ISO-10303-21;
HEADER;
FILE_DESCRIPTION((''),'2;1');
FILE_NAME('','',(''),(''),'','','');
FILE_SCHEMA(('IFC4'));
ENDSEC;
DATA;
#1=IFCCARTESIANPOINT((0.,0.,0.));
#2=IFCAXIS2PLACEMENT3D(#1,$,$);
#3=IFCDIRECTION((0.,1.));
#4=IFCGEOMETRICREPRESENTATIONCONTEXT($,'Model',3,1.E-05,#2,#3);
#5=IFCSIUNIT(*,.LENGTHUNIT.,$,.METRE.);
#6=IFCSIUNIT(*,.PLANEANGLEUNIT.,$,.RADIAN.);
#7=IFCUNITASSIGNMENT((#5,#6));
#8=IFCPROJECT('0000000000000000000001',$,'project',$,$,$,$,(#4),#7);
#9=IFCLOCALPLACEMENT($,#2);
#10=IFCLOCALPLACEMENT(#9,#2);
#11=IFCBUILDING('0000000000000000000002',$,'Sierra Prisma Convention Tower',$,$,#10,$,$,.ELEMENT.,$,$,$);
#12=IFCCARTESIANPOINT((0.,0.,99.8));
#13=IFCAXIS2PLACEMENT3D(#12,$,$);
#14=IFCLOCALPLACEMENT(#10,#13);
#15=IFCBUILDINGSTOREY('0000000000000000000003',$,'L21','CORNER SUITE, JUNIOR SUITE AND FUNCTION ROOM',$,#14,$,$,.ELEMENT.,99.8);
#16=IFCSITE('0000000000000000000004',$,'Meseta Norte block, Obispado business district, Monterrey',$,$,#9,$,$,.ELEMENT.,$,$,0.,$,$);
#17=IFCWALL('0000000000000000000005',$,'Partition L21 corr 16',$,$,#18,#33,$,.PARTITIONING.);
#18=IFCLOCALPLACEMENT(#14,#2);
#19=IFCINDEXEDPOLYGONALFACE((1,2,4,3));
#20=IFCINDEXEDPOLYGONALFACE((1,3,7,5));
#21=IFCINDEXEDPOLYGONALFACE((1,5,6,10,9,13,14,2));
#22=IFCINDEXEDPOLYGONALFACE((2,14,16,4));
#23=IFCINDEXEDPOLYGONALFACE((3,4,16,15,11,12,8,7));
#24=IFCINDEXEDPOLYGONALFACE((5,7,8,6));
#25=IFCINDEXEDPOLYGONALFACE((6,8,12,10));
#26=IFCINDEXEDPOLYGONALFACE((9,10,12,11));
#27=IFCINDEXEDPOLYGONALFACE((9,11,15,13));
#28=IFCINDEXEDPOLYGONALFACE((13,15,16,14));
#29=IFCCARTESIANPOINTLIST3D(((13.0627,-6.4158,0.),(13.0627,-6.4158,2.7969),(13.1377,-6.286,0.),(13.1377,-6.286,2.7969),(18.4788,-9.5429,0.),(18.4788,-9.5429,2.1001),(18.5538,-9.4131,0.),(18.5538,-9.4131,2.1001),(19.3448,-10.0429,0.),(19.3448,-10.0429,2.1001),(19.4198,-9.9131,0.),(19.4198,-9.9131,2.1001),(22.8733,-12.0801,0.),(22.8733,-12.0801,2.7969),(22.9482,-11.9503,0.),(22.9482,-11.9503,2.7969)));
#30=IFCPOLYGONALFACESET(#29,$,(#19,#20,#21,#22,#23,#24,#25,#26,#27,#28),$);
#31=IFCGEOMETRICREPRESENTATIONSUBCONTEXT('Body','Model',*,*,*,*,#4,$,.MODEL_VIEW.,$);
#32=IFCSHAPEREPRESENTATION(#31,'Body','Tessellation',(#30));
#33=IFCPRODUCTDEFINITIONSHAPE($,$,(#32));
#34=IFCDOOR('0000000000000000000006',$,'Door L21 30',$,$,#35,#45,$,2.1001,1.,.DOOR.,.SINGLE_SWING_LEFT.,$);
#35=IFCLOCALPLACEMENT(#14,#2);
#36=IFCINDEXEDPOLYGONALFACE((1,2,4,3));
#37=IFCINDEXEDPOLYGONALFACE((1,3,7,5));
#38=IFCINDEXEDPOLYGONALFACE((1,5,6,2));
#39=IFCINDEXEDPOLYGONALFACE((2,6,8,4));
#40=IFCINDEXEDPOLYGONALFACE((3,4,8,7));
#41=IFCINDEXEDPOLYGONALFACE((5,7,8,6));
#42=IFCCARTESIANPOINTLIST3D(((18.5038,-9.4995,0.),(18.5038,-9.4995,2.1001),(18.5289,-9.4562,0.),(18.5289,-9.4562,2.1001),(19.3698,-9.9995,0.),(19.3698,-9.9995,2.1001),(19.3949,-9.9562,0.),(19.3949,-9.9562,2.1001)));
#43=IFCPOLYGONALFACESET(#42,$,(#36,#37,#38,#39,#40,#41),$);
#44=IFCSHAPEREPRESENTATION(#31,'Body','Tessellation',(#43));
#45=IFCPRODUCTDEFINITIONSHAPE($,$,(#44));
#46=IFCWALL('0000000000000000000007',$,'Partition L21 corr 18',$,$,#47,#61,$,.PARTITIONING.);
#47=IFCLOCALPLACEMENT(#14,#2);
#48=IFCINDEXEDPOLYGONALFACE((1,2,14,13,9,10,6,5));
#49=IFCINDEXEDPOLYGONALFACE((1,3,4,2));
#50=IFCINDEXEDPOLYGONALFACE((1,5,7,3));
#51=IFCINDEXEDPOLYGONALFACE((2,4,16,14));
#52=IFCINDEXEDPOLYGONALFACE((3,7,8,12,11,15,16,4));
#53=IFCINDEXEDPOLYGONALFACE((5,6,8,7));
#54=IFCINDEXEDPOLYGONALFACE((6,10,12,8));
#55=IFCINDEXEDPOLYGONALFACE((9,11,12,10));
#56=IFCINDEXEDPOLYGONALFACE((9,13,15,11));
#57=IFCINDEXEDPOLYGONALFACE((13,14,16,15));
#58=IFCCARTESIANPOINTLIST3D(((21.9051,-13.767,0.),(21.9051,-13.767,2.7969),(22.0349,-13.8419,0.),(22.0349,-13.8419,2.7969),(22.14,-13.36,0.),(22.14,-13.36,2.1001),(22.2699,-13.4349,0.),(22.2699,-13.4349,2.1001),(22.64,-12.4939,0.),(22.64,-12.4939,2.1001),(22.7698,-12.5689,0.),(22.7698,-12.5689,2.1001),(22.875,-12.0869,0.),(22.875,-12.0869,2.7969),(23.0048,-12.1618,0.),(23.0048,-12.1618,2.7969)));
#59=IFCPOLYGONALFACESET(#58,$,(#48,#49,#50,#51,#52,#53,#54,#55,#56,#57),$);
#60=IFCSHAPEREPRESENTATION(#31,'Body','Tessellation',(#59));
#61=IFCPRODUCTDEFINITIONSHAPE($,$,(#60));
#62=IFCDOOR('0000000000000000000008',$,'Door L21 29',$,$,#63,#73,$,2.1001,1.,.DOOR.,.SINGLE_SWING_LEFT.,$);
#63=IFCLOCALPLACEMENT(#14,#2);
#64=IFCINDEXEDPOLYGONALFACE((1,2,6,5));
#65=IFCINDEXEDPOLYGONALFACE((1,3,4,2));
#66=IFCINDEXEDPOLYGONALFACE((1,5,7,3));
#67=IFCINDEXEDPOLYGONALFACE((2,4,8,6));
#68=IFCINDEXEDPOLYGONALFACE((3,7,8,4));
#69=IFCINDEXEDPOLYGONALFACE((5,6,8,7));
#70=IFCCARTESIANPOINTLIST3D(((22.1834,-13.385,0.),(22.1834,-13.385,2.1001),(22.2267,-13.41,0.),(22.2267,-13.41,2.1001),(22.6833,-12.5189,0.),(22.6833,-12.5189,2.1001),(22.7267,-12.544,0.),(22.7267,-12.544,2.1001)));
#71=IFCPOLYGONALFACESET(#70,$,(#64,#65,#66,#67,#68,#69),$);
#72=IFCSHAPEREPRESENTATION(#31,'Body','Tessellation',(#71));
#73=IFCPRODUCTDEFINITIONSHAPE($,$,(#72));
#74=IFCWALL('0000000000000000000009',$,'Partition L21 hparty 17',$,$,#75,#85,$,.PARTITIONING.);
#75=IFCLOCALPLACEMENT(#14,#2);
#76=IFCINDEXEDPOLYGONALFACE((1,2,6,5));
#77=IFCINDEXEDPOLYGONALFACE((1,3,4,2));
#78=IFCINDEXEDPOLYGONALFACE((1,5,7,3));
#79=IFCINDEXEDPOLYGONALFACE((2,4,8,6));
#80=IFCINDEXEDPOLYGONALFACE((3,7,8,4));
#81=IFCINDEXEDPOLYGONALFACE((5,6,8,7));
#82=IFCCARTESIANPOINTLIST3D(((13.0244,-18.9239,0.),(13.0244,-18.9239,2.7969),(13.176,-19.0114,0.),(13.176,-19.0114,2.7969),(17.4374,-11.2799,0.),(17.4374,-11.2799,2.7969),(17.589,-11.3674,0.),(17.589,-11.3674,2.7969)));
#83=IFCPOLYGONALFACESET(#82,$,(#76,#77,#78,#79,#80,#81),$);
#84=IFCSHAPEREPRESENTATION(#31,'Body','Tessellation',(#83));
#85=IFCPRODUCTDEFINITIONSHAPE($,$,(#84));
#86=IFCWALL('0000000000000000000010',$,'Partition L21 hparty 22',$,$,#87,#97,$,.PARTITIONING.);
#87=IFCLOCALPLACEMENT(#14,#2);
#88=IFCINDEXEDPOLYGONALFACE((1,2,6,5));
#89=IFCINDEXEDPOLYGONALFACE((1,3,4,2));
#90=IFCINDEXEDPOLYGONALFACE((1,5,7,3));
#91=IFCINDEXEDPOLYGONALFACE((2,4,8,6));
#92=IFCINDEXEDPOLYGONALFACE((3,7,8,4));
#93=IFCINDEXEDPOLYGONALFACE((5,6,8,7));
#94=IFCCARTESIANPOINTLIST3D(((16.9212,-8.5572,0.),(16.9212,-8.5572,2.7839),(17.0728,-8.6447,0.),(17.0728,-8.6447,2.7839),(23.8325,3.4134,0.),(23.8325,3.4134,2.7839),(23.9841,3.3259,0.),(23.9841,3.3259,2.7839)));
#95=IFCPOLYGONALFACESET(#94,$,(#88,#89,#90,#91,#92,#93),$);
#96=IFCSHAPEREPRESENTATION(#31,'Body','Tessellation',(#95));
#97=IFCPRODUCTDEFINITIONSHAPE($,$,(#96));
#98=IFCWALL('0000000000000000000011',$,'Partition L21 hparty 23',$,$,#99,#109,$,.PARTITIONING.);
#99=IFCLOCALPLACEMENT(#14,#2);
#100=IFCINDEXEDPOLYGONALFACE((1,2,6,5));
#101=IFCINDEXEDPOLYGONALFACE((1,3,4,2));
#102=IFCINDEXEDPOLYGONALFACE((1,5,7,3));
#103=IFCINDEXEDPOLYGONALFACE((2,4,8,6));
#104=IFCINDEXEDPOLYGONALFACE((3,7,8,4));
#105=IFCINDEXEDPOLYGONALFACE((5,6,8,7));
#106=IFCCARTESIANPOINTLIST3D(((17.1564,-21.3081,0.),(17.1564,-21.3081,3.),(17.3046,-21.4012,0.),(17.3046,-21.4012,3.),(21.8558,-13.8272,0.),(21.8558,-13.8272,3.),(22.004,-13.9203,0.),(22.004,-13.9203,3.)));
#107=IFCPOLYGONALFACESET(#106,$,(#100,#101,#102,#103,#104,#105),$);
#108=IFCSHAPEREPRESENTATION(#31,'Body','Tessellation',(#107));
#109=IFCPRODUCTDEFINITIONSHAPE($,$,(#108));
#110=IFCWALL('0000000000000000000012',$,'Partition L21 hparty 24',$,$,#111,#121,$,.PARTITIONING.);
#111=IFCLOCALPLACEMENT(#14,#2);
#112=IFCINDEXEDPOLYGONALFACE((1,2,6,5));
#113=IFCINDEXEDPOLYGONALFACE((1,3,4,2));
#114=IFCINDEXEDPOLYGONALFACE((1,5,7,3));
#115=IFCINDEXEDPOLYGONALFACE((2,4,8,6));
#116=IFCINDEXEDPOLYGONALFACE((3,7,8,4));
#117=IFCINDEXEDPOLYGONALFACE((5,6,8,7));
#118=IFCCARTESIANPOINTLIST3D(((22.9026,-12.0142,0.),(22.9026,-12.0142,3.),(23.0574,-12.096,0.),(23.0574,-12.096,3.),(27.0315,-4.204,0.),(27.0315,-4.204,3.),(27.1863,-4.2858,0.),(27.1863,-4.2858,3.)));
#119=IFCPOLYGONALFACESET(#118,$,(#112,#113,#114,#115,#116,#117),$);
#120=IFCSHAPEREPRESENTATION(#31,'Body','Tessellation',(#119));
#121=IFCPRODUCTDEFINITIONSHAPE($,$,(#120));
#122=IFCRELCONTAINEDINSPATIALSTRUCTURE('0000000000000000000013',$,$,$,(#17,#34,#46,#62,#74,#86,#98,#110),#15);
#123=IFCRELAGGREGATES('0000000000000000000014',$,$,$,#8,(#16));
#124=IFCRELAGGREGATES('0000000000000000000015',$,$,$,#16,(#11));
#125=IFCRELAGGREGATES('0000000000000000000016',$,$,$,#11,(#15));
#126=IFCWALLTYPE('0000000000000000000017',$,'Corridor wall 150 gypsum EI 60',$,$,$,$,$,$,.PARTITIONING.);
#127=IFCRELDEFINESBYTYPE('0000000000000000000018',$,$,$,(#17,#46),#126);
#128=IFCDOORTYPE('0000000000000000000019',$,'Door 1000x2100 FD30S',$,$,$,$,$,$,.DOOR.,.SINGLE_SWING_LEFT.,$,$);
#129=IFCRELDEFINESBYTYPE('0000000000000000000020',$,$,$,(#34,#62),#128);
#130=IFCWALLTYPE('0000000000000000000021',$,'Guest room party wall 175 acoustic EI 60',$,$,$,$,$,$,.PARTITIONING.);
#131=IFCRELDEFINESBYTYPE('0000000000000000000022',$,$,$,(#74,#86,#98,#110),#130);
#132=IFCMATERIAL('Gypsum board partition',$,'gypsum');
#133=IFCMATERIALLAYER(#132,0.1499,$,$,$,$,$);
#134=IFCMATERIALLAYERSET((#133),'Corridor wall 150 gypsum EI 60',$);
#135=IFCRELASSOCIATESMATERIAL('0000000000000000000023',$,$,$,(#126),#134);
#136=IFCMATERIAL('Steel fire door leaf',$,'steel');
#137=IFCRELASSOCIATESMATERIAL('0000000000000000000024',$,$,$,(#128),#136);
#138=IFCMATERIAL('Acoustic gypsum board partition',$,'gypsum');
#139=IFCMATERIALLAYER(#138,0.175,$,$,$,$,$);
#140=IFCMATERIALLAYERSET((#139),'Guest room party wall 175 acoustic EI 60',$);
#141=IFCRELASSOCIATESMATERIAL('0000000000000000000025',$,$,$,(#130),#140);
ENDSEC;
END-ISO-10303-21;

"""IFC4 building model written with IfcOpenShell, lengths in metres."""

from ifc_helpers import new_model, si_unit, direction, frame, frame_2d, origin, place, context, subcontext, project, spatial, rectangle, extrude, material, layer, layer_set, type_object, element, fill, save


model = new_model("IFC4")

# Units and contexts
model_context = context("Model", 3, precision=1e-05, world=origin(), true_north=direction((0.0, 1.0)))
body_context = subcontext(model_context, "Body", "Model", "MODEL_VIEW")
ifc_project = project(units=[si_unit("LENGTHUNIT", "METRE"), si_unit("PLANEANGLEUNIT", "RADIAN")], contexts=[model_context])

# Site, building, storey
site_placement = place(None, origin())
site = spatial("IfcSite", under=ifc_project, at=site_placement, Name="Meseta Norte block, Obispado business district, Monterrey", CompositionType="ELEMENT", RefElevation=0.0)
building_placement = place(site_placement, origin())
building = spatial("IfcBuilding", under=site, at=building_placement, Name="Sierra Prisma Convention Tower", CompositionType="ELEMENT")
storey_placement = place(building_placement, frame((0.0, 0.0, 99.8)))
storey = spatial("IfcBuildingStorey", under=building, at=storey_placement, Name="L21", Description="CORNER SUITE, JUNIOR SUITE AND FUNCTION ROOM", CompositionType="ELEMENT", Elevation=99.8)

# Walls, openings, doors
ifc_material_1 = material(Name="Gypsum board partition", Category="gypsum")
ifc_layer_1 = layer(ifc_material_1, 0.1499)
ifc_layer_set_1 = layer_set([ifc_layer_1], Name="Corridor wall 150 gypsum EI 60")
wall_type_1 = type_object("IfcWallType", Name="Corridor wall 150 gypsum EI 60", PredefinedType="PARTITIONING", material=ifc_layer_set_1)
wall_1_placement = place(storey_placement, frame((22.9106, -12.0151, 0.0), z_axis=(0.0, 0.0, 1.0), x_axis=(-0.866018, 0.500012, 0.0)))
wall_1 = element("IfcWall", 1, at=wall_1_placement, inside=storey, type_object=wall_type_1, Name="Partition L21 corr 16", PredefinedType="PARTITIONING", context=body_context, shape_type="SweptSolid", body=[
    extrude(rectangle(XDim=11.3284, YDim=0.1499, at=frame_2d((5.6641, 0.0))), origin(), (0.0, 0.0, 1.0), 2.7969),
])
opening_1_placement = place(wall_1_placement, frame((4.0742, 0.0, 0.0)))
opening_1 = element("IfcOpeningElement", 2, at=opening_1_placement, cuts=wall_1, PredefinedType="OPENING", context=body_context, shape_type="SweptSolid", body=[
    extrude(rectangle(XDim=1.0, YDim=2.1001, at=frame_2d((0.5, 1.05))), frame((0.0, 0.075, 0.0), z_axis=(0.0, -1.0, 0.0), x_axis=(1.0, 0.0, 0.0)), (0.0, 0.0, 1.0), 0.1499),
])
ifc_material_2 = material(Name="Steel fire door leaf", Category="steel")
door_type_1 = type_object("IfcDoorType", Name="Door 1000x2100 FD30S", OperationType="SINGLE_SWING_LEFT", PredefinedType="DOOR", material=ifc_material_2)
door_1_placement = place(opening_1_placement, origin())
door_1 = element("IfcDoor", 3, at=door_1_placement, inside=storey, type_object=door_type_1, Name="Door L21 30", OperationType="SINGLE_SWING_LEFT", OverallHeight=2.1001, OverallWidth=1.0, PredefinedType="DOOR", context=body_context, shape_type="SweptSolid", body=[
    extrude(rectangle(XDim=1.0, YDim=2.1001, at=frame_2d((0.5, 1.05))), frame((0.0, 0.0249, 0.0), z_axis=(0.0, -1.0, 0.0), x_axis=(1.0, 0.0, 0.0)), (0.0, 0.0, 1.0), 0.05),
])
fill(opening_1, door_1)
wall_2_placement = place(storey_placement, frame((21.97, -13.8044, 0.0), z_axis=(0.0, 0.0, 1.0), x_axis=(0.499969, 0.866043, 0.0)))
wall_2 = element("IfcWall", 4, at=wall_2_placement, inside=storey, type_object=wall_type_1, Name="Partition L21 corr 18", PredefinedType="PARTITIONING", context=body_context, shape_type="SweptSolid", body=[
    extrude(rectangle(XDim=1.9399, YDim=0.1499, at=frame_2d((0.97, 0.0))), origin(), (0.0, 0.0, 1.0), 2.7969),
])
opening_2_placement = place(wall_2_placement, frame((0.47, 0.0, 0.0)))
opening_2 = element("IfcOpeningElement", 5, at=opening_2_placement, cuts=wall_2, PredefinedType="OPENING", context=body_context, shape_type="SweptSolid", body=[
    extrude(rectangle(XDim=1.0, YDim=2.1001, at=frame_2d((0.5, 1.05))), frame((0.0, 0.075, 0.0), z_axis=(0.0, -1.0, 0.0), x_axis=(1.0, 0.0, 0.0)), (0.0, 0.0, 1.0), 0.1499),
])
door_2_placement = place(opening_2_placement, origin())
door_2 = element("IfcDoor", 6, at=door_2_placement, inside=storey, type_object=door_type_1, Name="Door L21 29", OperationType="SINGLE_SWING_LEFT", OverallHeight=2.1001, OverallWidth=1.0, PredefinedType="DOOR", context=body_context, shape_type="SweptSolid", body=[
    extrude(rectangle(XDim=1.0, YDim=2.1001, at=frame_2d((0.5, 1.05))), frame((0.0, 0.0249, 0.0), z_axis=(0.0, -1.0, 0.0), x_axis=(1.0, 0.0, 0.0)), (0.0, 0.0, 1.0), 0.05),
])
fill(opening_2, door_2)

# Walls
ifc_material_3 = material(Name="Acoustic gypsum board partition", Category="gypsum")
ifc_layer_2 = layer(ifc_material_3, 0.175)
ifc_layer_set_2 = layer_set([ifc_layer_2], Name="Guest room party wall 175 acoustic EI 60")
wall_type_2 = type_object("IfcWallType", Name="Guest room party wall 175 acoustic EI 60", PredefinedType="PARTITIONING", material=ifc_layer_set_2)
wall_3_placement = place(storey_placement, frame((17.5132, -11.3237, 0.0), z_axis=(0.0, 0.0, 1.0), x_axis=(-0.499983, -0.866035, 0.0)))
element("IfcWall", 7, at=wall_3_placement, inside=storey, type_object=wall_type_2, Name="Partition L21 hparty 17", PredefinedType="PARTITIONING", context=body_context, shape_type="SweptSolid", body=[
    extrude(rectangle(XDim=8.8264, YDim=0.175, at=frame_2d((4.4131, 0.0))), origin(), (0.0, 0.0, 1.0), 2.7969),
])
wall_4_placement = place(storey_placement, frame((16.9971, -8.6008, 0.0), z_axis=(0.0, 0.0, 1.0), x_axis=(0.500005, 0.866023, 0.0)))
element("IfcWall", 8, at=wall_4_placement, inside=storey, type_object=wall_type_2, Name="Partition L21 hparty 22", PredefinedType="PARTITIONING", context=body_context, shape_type="SweptSolid", body=[
    extrude(rectangle(XDim=13.8225, YDim=0.175, at=frame_2d((6.9111, 0.0))), origin(), (0.0, 0.0, 1.0), 2.7839),
])
for number, where, z_axis, x_axis, name in (
    (9, (21.9299, -13.8738, 0.0), (0.0, 0.0, 1.0), (-0.53194, -0.846782, 0.0), "Partition L21 hparty 23"),
    (10, (27.1089, -4.2449, 0.0), (0.0, 0.0, 1.0), (-0.467361, -0.884067, 0.0), "Partition L21 hparty 24"),
):
    element("IfcWall", number, at=place(storey_placement, frame(where, z_axis=z_axis, x_axis=x_axis)), inside=storey, type_object=wall_type_2, Name=name, PredefinedType="PARTITIONING", context=body_context, shape_type="SweptSolid", body=[
        extrude(rectangle(XDim=8.8345, YDim=0.175, at=frame_2d((4.4172, 0.0))), origin(), (0.0, 0.0, 1.0), 3.0),
    ])

save(model, "model.ifc")
